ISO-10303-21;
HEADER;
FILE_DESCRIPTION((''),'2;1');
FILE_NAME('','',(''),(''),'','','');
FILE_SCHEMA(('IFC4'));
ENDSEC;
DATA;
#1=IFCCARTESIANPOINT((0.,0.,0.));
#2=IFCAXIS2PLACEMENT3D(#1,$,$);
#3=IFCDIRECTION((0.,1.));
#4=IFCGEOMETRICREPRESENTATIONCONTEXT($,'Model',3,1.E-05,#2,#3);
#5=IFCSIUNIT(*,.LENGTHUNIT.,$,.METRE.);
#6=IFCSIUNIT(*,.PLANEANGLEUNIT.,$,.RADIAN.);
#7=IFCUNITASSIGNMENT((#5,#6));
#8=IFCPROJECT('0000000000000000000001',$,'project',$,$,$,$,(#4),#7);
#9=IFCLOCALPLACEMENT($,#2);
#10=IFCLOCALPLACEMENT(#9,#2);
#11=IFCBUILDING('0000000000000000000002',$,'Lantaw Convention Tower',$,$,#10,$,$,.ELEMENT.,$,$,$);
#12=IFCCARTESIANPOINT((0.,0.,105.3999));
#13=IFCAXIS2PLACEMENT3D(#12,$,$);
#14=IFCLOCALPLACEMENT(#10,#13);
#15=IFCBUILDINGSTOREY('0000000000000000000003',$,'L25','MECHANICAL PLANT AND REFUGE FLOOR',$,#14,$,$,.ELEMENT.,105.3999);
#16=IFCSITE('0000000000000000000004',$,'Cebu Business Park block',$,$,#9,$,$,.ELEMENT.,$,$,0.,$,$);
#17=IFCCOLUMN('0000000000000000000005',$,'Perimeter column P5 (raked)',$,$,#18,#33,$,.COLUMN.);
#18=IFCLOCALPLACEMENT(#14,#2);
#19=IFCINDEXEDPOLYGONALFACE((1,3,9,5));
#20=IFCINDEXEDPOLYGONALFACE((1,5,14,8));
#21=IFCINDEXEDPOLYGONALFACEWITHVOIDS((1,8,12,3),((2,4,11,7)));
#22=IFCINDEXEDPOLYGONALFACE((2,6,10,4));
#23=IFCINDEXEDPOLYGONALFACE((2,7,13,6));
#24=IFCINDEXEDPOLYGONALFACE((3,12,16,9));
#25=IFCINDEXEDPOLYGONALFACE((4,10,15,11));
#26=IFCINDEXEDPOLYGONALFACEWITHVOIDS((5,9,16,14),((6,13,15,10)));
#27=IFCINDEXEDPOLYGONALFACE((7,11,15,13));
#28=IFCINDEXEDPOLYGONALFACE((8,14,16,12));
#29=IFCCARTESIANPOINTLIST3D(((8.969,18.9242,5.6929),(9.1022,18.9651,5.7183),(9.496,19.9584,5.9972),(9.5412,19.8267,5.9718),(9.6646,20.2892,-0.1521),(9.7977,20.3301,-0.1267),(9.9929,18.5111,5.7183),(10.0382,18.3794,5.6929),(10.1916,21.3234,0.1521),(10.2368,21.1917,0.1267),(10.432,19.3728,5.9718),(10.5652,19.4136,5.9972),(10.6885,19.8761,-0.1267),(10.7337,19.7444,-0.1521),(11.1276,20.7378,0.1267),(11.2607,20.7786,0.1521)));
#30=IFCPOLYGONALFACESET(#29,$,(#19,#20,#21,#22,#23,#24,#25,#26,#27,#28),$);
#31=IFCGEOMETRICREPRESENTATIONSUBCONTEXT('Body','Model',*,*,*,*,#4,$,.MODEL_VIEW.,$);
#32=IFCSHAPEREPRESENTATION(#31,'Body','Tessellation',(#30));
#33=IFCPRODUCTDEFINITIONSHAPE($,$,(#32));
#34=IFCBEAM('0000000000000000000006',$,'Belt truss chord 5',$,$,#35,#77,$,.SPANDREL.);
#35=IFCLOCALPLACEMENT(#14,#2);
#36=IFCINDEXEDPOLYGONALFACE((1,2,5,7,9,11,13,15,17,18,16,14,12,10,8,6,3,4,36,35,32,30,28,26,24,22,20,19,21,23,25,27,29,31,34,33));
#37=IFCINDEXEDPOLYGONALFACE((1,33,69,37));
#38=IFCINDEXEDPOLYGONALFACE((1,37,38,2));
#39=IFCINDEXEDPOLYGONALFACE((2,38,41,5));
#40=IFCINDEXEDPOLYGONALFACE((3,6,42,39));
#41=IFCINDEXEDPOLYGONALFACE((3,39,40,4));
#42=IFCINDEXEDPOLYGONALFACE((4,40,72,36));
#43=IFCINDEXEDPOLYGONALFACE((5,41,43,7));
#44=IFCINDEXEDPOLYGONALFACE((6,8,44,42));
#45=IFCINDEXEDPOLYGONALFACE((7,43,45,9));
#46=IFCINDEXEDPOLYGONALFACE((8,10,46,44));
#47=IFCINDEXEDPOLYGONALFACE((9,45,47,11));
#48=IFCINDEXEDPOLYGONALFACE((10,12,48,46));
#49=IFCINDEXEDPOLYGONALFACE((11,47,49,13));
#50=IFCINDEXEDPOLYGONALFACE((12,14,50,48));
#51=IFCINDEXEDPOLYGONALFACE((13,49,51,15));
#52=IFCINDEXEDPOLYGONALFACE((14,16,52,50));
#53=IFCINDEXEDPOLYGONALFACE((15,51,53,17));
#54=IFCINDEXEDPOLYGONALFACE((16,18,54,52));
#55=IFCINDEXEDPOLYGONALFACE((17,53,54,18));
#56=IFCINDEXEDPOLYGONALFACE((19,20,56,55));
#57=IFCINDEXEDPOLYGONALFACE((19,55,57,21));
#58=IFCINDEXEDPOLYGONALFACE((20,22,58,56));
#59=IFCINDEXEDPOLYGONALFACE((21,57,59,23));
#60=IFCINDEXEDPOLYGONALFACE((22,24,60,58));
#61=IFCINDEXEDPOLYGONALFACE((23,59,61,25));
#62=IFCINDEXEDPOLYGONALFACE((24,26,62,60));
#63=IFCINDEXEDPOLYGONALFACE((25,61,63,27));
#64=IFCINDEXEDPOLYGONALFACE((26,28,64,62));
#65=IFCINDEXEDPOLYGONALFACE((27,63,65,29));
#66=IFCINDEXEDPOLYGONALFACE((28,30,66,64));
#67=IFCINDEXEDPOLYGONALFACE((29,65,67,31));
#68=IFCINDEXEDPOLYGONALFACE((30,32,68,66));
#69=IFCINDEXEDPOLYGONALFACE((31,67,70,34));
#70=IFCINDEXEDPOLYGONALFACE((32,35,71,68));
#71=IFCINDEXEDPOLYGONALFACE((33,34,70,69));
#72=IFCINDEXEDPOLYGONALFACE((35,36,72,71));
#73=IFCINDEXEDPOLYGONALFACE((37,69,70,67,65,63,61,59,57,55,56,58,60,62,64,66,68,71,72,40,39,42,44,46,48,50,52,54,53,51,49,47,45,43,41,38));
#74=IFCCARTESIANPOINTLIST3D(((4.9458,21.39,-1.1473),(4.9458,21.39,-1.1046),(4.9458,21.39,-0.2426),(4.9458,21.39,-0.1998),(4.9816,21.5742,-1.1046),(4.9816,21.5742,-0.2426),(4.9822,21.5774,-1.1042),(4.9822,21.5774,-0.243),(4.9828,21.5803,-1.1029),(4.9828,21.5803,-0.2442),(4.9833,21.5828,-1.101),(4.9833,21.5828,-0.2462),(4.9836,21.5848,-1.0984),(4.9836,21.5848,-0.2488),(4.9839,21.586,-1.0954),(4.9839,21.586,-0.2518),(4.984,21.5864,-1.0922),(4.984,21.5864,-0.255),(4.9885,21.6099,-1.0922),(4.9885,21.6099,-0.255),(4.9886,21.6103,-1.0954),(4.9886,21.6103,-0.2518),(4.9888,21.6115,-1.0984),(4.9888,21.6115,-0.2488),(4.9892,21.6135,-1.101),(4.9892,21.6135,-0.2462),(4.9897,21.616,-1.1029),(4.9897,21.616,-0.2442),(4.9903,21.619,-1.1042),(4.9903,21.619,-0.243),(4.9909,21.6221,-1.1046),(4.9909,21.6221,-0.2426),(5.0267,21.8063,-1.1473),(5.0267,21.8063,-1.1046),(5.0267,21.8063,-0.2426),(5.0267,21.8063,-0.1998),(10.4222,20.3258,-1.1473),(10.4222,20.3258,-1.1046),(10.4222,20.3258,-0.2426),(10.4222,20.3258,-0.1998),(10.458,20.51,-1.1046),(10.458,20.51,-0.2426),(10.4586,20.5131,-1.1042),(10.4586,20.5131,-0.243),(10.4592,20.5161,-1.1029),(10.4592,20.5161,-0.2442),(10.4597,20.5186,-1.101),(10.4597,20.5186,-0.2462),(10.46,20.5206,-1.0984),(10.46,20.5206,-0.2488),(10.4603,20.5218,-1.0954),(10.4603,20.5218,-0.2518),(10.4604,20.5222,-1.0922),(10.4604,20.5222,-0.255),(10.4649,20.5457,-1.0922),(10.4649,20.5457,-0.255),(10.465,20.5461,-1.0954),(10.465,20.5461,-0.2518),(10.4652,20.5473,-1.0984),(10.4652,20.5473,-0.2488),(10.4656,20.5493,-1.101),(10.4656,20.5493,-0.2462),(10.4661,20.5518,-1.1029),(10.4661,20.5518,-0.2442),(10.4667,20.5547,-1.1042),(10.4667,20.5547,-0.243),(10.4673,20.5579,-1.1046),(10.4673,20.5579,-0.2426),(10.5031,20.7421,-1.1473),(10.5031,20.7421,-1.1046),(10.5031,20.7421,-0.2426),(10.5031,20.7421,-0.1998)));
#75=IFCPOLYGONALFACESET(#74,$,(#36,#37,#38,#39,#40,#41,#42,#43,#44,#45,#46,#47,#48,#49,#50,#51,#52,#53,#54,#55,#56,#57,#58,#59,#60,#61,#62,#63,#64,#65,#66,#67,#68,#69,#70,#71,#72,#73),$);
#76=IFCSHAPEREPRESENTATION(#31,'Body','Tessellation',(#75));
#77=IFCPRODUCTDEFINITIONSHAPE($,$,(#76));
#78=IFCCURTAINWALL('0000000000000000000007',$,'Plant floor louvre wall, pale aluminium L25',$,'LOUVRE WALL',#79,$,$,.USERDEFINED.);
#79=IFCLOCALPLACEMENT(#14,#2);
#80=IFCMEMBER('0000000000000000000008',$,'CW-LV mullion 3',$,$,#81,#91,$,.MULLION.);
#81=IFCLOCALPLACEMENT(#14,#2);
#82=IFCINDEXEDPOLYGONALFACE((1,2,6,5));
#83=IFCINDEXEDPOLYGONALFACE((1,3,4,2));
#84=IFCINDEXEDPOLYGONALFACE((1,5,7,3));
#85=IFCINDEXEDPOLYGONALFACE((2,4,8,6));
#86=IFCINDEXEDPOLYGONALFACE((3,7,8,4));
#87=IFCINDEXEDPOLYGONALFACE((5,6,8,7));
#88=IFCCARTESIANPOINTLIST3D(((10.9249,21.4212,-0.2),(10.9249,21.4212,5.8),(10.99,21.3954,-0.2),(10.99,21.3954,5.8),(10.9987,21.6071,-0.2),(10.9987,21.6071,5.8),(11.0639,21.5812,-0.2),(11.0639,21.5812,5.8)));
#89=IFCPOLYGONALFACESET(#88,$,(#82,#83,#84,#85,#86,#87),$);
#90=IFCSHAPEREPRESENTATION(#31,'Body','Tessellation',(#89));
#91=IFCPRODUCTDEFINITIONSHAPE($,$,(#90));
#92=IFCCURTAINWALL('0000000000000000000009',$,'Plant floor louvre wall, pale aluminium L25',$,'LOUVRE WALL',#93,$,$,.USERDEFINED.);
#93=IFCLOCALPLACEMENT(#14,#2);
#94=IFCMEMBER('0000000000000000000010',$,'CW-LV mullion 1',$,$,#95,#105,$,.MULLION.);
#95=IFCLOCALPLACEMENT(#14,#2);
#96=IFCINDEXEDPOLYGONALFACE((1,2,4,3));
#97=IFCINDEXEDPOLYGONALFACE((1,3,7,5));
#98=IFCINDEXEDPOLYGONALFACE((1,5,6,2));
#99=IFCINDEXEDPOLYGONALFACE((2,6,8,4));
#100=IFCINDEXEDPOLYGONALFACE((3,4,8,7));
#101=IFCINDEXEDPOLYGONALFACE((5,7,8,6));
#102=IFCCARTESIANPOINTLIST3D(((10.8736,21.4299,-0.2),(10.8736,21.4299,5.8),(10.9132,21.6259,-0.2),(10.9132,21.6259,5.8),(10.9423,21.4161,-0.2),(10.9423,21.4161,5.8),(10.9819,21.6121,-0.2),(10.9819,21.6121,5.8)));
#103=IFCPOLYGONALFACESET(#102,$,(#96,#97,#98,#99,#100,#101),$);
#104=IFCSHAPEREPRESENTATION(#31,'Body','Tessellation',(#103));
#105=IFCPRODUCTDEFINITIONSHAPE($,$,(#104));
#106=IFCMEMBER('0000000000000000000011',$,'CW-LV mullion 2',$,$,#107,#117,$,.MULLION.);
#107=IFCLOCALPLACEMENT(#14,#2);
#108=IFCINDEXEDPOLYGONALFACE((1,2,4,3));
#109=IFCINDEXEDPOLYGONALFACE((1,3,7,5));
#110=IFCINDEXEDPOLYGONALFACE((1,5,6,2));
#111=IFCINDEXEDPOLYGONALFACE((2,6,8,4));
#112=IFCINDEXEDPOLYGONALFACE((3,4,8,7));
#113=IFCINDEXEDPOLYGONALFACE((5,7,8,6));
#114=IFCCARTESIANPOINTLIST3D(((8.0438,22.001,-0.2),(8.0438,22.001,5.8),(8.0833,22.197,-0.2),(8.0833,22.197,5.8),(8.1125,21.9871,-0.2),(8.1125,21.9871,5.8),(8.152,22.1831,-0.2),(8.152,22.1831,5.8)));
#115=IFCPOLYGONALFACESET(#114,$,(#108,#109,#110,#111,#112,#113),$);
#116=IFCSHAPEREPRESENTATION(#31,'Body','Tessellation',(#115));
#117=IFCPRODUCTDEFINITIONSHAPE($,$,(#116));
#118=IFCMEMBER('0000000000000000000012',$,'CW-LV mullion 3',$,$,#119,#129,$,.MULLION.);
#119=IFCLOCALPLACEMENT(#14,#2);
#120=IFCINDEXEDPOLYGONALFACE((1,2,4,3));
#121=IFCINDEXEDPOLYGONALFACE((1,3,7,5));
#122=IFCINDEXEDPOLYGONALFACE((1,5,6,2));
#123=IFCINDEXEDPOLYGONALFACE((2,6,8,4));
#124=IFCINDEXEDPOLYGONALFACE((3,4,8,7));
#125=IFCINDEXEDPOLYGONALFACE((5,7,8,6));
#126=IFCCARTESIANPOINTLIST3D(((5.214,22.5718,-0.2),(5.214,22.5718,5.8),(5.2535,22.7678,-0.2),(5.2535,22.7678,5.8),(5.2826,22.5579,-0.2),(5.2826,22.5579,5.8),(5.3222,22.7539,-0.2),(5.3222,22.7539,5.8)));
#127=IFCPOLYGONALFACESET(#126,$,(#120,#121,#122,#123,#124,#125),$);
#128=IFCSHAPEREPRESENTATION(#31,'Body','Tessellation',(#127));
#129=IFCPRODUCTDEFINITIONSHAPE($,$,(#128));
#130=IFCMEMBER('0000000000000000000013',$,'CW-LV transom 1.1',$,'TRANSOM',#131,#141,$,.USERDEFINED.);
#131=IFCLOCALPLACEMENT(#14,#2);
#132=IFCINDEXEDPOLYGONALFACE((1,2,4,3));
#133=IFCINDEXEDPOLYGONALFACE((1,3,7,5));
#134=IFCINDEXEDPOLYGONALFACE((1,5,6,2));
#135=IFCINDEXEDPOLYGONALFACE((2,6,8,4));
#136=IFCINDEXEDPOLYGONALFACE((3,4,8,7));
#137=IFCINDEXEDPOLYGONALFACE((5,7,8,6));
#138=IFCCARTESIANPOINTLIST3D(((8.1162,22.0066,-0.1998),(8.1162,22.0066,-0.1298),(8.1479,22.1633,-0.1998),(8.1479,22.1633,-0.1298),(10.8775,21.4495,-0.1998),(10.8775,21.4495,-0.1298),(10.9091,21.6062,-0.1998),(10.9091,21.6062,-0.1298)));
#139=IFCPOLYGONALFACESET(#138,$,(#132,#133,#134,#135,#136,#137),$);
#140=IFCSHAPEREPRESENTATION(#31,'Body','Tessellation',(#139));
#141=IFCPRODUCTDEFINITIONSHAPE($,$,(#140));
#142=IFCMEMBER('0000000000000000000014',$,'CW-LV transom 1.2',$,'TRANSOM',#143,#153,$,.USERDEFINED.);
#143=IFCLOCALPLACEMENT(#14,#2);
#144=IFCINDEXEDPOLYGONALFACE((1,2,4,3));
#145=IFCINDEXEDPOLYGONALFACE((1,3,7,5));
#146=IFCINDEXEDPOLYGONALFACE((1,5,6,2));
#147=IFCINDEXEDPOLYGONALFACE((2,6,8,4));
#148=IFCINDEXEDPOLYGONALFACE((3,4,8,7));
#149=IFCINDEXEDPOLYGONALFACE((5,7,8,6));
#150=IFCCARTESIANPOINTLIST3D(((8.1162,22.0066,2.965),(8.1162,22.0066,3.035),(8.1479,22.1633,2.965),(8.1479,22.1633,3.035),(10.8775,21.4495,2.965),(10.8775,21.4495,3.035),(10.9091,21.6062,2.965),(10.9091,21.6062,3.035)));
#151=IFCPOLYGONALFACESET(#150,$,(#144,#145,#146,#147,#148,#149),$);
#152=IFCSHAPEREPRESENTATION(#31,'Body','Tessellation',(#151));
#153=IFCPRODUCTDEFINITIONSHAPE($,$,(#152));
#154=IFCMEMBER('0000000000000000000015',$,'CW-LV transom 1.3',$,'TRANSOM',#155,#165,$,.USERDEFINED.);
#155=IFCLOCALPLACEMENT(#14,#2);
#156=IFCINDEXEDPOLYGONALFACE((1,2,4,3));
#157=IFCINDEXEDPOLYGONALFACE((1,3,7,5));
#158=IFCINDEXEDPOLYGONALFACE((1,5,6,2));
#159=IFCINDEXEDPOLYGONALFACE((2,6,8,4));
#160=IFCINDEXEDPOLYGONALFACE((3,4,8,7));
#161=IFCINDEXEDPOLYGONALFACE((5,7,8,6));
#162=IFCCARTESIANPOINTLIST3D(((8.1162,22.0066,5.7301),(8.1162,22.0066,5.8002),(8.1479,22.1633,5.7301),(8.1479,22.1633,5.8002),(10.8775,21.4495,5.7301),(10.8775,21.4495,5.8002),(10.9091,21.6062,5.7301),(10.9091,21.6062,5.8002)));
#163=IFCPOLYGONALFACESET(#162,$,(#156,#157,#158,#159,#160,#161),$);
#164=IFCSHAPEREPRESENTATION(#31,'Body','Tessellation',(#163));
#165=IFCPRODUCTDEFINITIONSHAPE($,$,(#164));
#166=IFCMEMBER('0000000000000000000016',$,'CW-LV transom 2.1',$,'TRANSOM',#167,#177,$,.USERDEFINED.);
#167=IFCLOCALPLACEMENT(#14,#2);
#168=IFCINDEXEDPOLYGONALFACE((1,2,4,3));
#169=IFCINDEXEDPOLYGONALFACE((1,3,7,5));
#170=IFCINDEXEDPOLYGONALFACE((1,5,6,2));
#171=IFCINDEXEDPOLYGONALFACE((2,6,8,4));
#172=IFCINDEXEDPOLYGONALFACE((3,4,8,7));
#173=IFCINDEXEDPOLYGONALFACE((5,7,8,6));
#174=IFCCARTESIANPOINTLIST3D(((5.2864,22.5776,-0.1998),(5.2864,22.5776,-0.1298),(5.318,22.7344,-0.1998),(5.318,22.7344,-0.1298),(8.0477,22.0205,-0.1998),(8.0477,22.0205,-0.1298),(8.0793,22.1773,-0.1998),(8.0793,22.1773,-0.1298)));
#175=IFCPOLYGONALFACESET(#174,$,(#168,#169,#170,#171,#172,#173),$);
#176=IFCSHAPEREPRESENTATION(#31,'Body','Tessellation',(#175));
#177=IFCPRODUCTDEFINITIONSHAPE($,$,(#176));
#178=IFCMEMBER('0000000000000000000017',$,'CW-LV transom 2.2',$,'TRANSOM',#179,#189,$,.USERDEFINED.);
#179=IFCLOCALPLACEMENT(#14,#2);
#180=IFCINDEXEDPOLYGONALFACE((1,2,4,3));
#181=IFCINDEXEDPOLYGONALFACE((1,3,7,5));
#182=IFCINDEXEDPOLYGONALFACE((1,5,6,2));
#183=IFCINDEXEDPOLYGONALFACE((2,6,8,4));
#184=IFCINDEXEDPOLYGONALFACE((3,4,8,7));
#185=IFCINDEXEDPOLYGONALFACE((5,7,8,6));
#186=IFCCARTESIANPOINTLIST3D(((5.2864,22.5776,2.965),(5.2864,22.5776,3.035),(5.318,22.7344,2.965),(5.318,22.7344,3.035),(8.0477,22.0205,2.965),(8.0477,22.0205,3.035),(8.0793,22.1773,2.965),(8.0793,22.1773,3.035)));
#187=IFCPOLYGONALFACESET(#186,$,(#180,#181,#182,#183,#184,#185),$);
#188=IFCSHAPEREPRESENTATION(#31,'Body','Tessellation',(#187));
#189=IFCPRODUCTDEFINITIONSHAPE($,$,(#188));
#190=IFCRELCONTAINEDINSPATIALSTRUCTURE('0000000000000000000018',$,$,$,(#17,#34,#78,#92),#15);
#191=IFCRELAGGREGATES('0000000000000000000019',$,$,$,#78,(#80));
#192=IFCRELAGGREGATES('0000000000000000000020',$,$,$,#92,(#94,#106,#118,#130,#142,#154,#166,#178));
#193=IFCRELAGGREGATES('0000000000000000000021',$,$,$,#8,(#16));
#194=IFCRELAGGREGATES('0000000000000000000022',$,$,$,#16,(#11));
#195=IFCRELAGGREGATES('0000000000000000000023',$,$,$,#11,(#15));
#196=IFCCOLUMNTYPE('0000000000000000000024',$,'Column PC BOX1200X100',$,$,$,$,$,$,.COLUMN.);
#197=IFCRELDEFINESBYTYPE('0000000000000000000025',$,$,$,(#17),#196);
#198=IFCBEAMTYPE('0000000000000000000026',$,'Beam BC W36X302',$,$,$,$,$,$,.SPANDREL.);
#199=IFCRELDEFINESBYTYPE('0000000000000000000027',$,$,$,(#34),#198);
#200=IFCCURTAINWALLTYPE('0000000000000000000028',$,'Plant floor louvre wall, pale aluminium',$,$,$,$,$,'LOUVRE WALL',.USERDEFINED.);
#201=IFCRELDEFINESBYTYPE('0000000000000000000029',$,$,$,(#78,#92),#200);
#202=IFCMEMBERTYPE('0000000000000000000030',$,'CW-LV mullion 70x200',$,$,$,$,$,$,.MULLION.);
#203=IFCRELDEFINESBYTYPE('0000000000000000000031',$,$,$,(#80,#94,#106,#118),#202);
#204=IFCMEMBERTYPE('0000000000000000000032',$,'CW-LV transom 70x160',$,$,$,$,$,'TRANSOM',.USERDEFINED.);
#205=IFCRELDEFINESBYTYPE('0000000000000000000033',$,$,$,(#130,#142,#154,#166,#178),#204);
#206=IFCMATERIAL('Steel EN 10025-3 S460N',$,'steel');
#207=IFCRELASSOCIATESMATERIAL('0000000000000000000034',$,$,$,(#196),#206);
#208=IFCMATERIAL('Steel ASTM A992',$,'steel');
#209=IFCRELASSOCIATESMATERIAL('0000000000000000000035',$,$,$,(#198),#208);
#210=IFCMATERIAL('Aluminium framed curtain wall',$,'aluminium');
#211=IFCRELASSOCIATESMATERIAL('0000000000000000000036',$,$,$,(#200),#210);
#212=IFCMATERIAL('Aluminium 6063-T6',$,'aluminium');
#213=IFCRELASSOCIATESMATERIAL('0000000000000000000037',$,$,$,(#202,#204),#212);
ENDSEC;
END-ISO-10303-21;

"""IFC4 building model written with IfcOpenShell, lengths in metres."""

from ifc_helpers import new_model, si_unit, direction, frame, origin, origin_2d, place, context, subcontext, project, spatial, rectangle, hollow_rectangle, i_section, extrude, material, material_profile, profile_set, type_object, element, aggregate, save


model = new_model("IFC4")

# Units and contexts
model_context = context("Model", 3, precision=1e-05, world=origin(), true_north=direction((0.0, 1.0)))
body_context = subcontext(model_context, "Body", "Model", "MODEL_VIEW")
ifc_project = project(units=[si_unit("LENGTHUNIT", "METRE"), si_unit("PLANEANGLEUNIT", "RADIAN")], contexts=[model_context])

# Site, building, storey
site_placement = place(None, origin())
site = spatial("IfcSite", under=ifc_project, at=site_placement, Name="Cebu Business Park block", CompositionType="ELEMENT", RefElevation=0.0)
building_placement = place(site_placement, origin())
building = spatial("IfcBuilding", under=site, at=building_placement, Name="Lantaw Convention Tower", CompositionType="ELEMENT")
storey_placement = place(building_placement, frame((0.0, 0.0, 105.3999)))
storey = spatial("IfcBuildingStorey", under=building, at=storey_placement, Name="L25", Description="MECHANICAL PLANT AND REFUGE FLOOR", CompositionType="ELEMENT", Elevation=105.3999)

# Column
ifc_material_1 = material(Name="Steel EN 10025-3 S460N", Category="steel")
ifc_material_profile_1 = material_profile(ifc_material_1, hollow_rectangle(XDim=1.2, YDim=1.2, WallThickness=0.1001, at=origin_2d()), Name="BOX1200X100")
ifc_material_2 = material(Name="Concrete C60/75", Category="concrete")
ifc_material_profile_2 = material_profile(ifc_material_2, rectangle(XDim=1.0, YDim=1.0, at=origin_2d()), Name="Concrete fill of BOX1200X100")
ifc_profile_set_1 = profile_set([ifc_material_profile_1, ifc_material_profile_2], Name="Steel EN 10025-3 S460N")
column_type = type_object("IfcColumnType", Name="Column PC BOX1200X100", PredefinedType="COLUMN", material=ifc_profile_set_1)
column_placement = place(storey_placement, frame((10.4626, 20.5339, 0.0), z_axis=(-0.115113, -0.225902, 0.967325), x_axis=(0.890991, -0.454021, 0.0)))
element("IfcColumn", 1, at=column_placement, inside=storey, type_object=column_type, Name="Perimeter column P5 (raked)", PredefinedType="COLUMN", context=body_context, shape_type="SweptSolid", body=[
    extrude(hollow_rectangle(XDim=1.2, YDim=1.2, WallThickness=0.1001, at=origin_2d()), origin(), (0.0, 0.0, 1.0), 6.0425),
])

# Beam
ifc_material_3 = material(Name="Steel ASTM A992", Category="steel")
ifc_material_profile_3 = material_profile(ifc_material_3, i_section(OverallWidth=0.4241, OverallDepth=0.9475, WebThickness=0.0239, FlangeThickness=0.0427, FilletRadius=0.0125, at=origin_2d()), Name="W36X302")
ifc_profile_set_2 = profile_set([ifc_material_profile_3], Name="Steel ASTM A992")
beam_type = type_object("IfcBeamType", Name="Beam BC W36X302", PredefinedType="SPANDREL", material=ifc_profile_set_2)
beam_placement = place(storey_placement, frame((10.4626, 20.5339, -0.6736), z_axis=(-0.981637, 0.190761, 0.0), x_axis=(-0.190761, -0.981637, 0.0)))
element("IfcBeam", 2, at=beam_placement, inside=storey, type_object=beam_type, Name="Belt truss chord 5", PredefinedType="SPANDREL", context=body_context, shape_type="SweptSolid", body=[
    extrude(i_section(OverallWidth=0.4241, OverallDepth=0.9475, WebThickness=0.0239, FlangeThickness=0.0427, FilletRadius=0.0125, at=origin_2d()), origin(), (0.0, 0.0, 1.0), 5.5789),
])

# Curtain wall, member
ifc_material_4 = material(Name="Aluminium framed curtain wall", Category="aluminium")
curtain_wall_type = type_object("IfcCurtainWallType", Name="Plant floor louvre wall, pale aluminium", ElementType="LOUVRE WALL", PredefinedType="USERDEFINED", material=ifc_material_4)
curtain_wall_1_placement = place(storey_placement, origin())
curtain_wall_1 = element("IfcCurtainWall", 3, at=curtain_wall_1_placement, inside=storey, type_object=curtain_wall_type, Name="Plant floor louvre wall, pale aluminium L25", ObjectType="LOUVRE WALL", PredefinedType="USERDEFINED")
ifc_material_5 = material(Name="Aluminium 6063-T6", Category="aluminium")
ifc_material_profile_4 = material_profile(ifc_material_5, rectangle(XDim=0.2, YDim=0.0701, at=origin_2d()), Name="CW-LV mullion 70x200")
ifc_profile_set_3 = profile_set([ifc_material_profile_4], Name="Aluminium 6063-T6")
member_type_1 = type_object("IfcMemberType", Name="CW-LV mullion 70x200", PredefinedType="MULLION", material=ifc_profile_set_3)
member_1_placement = place(storey_placement, frame((10.9944, 21.5012, -0.2), z_axis=(0.0, 0.0, 1.0), x_axis=(-0.369172, -0.929361, 0.0)))
member_1 = element("IfcMember", 4, at=member_1_placement, type_object=member_type_1, Name="CW-LV mullion 3", PredefinedType="MULLION", context=body_context, shape_type="SweptSolid", body=[
    extrude(rectangle(XDim=0.2, YDim=0.0701, at=origin_2d()), origin(), (0.0, 0.0, 1.0), 6.0),
])

# Curtain wall, members
curtain_wall_2_placement = place(storey_placement, origin())
curtain_wall_2 = element("IfcCurtainWall", 5, at=curtain_wall_2_placement, inside=storey, type_object=curtain_wall_type, Name="Plant floor louvre wall, pale aluminium L25", ObjectType="LOUVRE WALL", PredefinedType="USERDEFINED")
member_2_placement = place(storey_placement, frame((10.9277, 21.521, -0.2), z_axis=(0.0, 0.0, 1.0), x_axis=(-0.197789, -0.980245, 0.0)))
member_2 = element("IfcMember", 6, at=member_2_placement, type_object=member_type_1, Name="CW-LV mullion 1", PredefinedType="MULLION", context=body_context, shape_type="SweptSolid", body=[
    extrude(rectangle(XDim=0.2, YDim=0.0701, at=origin_2d()), origin(), (0.0, 0.0, 1.0), 6.0),
])
member_3_placement = place(storey_placement, frame((8.0979, 22.092, -0.2), z_axis=(0.0, 0.0, 1.0), x_axis=(-0.197789, -0.980245, 0.0)))
member_3 = element("IfcMember", 7, at=member_3_placement, type_object=member_type_1, Name="CW-LV mullion 2", PredefinedType="MULLION", context=body_context, shape_type="SweptSolid", body=[
    extrude(rectangle(XDim=0.2, YDim=0.0701, at=origin_2d()), origin(), (0.0, 0.0, 1.0), 6.0),
])
member_4_placement = place(storey_placement, frame((5.2681, 22.6628, -0.2), z_axis=(0.0, 0.0, 1.0), x_axis=(-0.197789, -0.980245, 0.0)))
member_4 = element("IfcMember", 8, at=member_4_placement, type_object=member_type_1, Name="CW-LV mullion 3", PredefinedType="MULLION", context=body_context, shape_type="SweptSolid", body=[
    extrude(rectangle(XDim=0.2, YDim=0.0701, at=origin_2d()), origin(), (0.0, 0.0, 1.0), 6.0),
])
ifc_material_profile_5 = material_profile(ifc_material_5, rectangle(XDim=0.1599, YDim=0.0701, at=origin_2d()), Name="CW-LV transom 70x160")
ifc_profile_set_4 = profile_set([ifc_material_profile_5], Name="Aluminium 6063-T6")
member_type_2 = type_object("IfcMemberType", Name="CW-LV transom 70x160", ElementType="TRANSOM", PredefinedType="USERDEFINED", material=ifc_profile_set_4)
member_5_placement = place(storey_placement, frame((10.8933, 21.5278, -0.1648), z_axis=(-0.980246, 0.197783, 0.0), x_axis=(-0.197783, -0.980246, 0.0)))
member_5 = element("IfcMember", 9, at=member_5_placement, type_object=member_type_2, Name="CW-LV transom 1.1", ObjectType="TRANSOM", PredefinedType="USERDEFINED", context=body_context, shape_type="SweptSolid", body=[
    extrude(rectangle(XDim=0.1599, YDim=0.0701, at=origin_2d()), origin(), (0.0, 0.0, 1.0), 2.8169),
])
member_6_placement = place(storey_placement, frame((10.8933, 21.5278, 3.0), z_axis=(-0.980246, 0.197783, 0.0), x_axis=(-0.197783, -0.980246, 0.0)))
member_6 = element("IfcMember", 10, at=member_6_placement, type_object=member_type_2, Name="CW-LV transom 1.2", ObjectType="TRANSOM", PredefinedType="USERDEFINED", context=body_context, shape_type="SweptSolid", body=[
    extrude(rectangle(XDim=0.1599, YDim=0.0701, at=origin_2d()), origin(), (0.0, 0.0, 1.0), 2.8169),
])
member_7_placement = place(storey_placement, frame((10.8933, 21.5278, 5.7651), z_axis=(-0.980246, 0.197783, 0.0), x_axis=(-0.197783, -0.980246, 0.0)))
member_7 = element("IfcMember", 11, at=member_7_placement, type_object=member_type_2, Name="CW-LV transom 1.3", ObjectType="TRANSOM", PredefinedType="USERDEFINED", context=body_context, shape_type="SweptSolid", body=[
    extrude(rectangle(XDim=0.1599, YDim=0.0701, at=origin_2d()), origin(), (0.0, 0.0, 1.0), 2.8169),
])
member_8_placement = place(storey_placement, frame((8.0635, 22.0989, -0.1648), z_axis=(-0.980246, 0.197783, 0.0), x_axis=(-0.197783, -0.980246, 0.0)))
member_8 = element("IfcMember", 12, at=member_8_placement, type_object=member_type_2, Name="CW-LV transom 2.1", ObjectType="TRANSOM", PredefinedType="USERDEFINED", context=body_context, shape_type="SweptSolid", body=[
    extrude(rectangle(XDim=0.1599, YDim=0.0701, at=origin_2d()), origin(), (0.0, 0.0, 1.0), 2.8169),
])
member_9_placement = place(storey_placement, frame((8.0635, 22.0989, 3.0), z_axis=(-0.980246, 0.197783, 0.0), x_axis=(-0.197783, -0.980246, 0.0)))
member_9 = element("IfcMember", 13, at=member_9_placement, type_object=member_type_2, Name="CW-LV transom 2.2", ObjectType="TRANSOM", PredefinedType="USERDEFINED", context=body_context, shape_type="SweptSolid", body=[
    extrude(rectangle(XDim=0.1599, YDim=0.0701, at=origin_2d()), origin(), (0.0, 0.0, 1.0), 2.8169),
])

aggregate(curtain_wall_1, [member_1])
aggregate(curtain_wall_2, [member_2, member_3, member_4, member_5, member_6, member_7, member_8, member_9])

save(model, "model.ifc")
